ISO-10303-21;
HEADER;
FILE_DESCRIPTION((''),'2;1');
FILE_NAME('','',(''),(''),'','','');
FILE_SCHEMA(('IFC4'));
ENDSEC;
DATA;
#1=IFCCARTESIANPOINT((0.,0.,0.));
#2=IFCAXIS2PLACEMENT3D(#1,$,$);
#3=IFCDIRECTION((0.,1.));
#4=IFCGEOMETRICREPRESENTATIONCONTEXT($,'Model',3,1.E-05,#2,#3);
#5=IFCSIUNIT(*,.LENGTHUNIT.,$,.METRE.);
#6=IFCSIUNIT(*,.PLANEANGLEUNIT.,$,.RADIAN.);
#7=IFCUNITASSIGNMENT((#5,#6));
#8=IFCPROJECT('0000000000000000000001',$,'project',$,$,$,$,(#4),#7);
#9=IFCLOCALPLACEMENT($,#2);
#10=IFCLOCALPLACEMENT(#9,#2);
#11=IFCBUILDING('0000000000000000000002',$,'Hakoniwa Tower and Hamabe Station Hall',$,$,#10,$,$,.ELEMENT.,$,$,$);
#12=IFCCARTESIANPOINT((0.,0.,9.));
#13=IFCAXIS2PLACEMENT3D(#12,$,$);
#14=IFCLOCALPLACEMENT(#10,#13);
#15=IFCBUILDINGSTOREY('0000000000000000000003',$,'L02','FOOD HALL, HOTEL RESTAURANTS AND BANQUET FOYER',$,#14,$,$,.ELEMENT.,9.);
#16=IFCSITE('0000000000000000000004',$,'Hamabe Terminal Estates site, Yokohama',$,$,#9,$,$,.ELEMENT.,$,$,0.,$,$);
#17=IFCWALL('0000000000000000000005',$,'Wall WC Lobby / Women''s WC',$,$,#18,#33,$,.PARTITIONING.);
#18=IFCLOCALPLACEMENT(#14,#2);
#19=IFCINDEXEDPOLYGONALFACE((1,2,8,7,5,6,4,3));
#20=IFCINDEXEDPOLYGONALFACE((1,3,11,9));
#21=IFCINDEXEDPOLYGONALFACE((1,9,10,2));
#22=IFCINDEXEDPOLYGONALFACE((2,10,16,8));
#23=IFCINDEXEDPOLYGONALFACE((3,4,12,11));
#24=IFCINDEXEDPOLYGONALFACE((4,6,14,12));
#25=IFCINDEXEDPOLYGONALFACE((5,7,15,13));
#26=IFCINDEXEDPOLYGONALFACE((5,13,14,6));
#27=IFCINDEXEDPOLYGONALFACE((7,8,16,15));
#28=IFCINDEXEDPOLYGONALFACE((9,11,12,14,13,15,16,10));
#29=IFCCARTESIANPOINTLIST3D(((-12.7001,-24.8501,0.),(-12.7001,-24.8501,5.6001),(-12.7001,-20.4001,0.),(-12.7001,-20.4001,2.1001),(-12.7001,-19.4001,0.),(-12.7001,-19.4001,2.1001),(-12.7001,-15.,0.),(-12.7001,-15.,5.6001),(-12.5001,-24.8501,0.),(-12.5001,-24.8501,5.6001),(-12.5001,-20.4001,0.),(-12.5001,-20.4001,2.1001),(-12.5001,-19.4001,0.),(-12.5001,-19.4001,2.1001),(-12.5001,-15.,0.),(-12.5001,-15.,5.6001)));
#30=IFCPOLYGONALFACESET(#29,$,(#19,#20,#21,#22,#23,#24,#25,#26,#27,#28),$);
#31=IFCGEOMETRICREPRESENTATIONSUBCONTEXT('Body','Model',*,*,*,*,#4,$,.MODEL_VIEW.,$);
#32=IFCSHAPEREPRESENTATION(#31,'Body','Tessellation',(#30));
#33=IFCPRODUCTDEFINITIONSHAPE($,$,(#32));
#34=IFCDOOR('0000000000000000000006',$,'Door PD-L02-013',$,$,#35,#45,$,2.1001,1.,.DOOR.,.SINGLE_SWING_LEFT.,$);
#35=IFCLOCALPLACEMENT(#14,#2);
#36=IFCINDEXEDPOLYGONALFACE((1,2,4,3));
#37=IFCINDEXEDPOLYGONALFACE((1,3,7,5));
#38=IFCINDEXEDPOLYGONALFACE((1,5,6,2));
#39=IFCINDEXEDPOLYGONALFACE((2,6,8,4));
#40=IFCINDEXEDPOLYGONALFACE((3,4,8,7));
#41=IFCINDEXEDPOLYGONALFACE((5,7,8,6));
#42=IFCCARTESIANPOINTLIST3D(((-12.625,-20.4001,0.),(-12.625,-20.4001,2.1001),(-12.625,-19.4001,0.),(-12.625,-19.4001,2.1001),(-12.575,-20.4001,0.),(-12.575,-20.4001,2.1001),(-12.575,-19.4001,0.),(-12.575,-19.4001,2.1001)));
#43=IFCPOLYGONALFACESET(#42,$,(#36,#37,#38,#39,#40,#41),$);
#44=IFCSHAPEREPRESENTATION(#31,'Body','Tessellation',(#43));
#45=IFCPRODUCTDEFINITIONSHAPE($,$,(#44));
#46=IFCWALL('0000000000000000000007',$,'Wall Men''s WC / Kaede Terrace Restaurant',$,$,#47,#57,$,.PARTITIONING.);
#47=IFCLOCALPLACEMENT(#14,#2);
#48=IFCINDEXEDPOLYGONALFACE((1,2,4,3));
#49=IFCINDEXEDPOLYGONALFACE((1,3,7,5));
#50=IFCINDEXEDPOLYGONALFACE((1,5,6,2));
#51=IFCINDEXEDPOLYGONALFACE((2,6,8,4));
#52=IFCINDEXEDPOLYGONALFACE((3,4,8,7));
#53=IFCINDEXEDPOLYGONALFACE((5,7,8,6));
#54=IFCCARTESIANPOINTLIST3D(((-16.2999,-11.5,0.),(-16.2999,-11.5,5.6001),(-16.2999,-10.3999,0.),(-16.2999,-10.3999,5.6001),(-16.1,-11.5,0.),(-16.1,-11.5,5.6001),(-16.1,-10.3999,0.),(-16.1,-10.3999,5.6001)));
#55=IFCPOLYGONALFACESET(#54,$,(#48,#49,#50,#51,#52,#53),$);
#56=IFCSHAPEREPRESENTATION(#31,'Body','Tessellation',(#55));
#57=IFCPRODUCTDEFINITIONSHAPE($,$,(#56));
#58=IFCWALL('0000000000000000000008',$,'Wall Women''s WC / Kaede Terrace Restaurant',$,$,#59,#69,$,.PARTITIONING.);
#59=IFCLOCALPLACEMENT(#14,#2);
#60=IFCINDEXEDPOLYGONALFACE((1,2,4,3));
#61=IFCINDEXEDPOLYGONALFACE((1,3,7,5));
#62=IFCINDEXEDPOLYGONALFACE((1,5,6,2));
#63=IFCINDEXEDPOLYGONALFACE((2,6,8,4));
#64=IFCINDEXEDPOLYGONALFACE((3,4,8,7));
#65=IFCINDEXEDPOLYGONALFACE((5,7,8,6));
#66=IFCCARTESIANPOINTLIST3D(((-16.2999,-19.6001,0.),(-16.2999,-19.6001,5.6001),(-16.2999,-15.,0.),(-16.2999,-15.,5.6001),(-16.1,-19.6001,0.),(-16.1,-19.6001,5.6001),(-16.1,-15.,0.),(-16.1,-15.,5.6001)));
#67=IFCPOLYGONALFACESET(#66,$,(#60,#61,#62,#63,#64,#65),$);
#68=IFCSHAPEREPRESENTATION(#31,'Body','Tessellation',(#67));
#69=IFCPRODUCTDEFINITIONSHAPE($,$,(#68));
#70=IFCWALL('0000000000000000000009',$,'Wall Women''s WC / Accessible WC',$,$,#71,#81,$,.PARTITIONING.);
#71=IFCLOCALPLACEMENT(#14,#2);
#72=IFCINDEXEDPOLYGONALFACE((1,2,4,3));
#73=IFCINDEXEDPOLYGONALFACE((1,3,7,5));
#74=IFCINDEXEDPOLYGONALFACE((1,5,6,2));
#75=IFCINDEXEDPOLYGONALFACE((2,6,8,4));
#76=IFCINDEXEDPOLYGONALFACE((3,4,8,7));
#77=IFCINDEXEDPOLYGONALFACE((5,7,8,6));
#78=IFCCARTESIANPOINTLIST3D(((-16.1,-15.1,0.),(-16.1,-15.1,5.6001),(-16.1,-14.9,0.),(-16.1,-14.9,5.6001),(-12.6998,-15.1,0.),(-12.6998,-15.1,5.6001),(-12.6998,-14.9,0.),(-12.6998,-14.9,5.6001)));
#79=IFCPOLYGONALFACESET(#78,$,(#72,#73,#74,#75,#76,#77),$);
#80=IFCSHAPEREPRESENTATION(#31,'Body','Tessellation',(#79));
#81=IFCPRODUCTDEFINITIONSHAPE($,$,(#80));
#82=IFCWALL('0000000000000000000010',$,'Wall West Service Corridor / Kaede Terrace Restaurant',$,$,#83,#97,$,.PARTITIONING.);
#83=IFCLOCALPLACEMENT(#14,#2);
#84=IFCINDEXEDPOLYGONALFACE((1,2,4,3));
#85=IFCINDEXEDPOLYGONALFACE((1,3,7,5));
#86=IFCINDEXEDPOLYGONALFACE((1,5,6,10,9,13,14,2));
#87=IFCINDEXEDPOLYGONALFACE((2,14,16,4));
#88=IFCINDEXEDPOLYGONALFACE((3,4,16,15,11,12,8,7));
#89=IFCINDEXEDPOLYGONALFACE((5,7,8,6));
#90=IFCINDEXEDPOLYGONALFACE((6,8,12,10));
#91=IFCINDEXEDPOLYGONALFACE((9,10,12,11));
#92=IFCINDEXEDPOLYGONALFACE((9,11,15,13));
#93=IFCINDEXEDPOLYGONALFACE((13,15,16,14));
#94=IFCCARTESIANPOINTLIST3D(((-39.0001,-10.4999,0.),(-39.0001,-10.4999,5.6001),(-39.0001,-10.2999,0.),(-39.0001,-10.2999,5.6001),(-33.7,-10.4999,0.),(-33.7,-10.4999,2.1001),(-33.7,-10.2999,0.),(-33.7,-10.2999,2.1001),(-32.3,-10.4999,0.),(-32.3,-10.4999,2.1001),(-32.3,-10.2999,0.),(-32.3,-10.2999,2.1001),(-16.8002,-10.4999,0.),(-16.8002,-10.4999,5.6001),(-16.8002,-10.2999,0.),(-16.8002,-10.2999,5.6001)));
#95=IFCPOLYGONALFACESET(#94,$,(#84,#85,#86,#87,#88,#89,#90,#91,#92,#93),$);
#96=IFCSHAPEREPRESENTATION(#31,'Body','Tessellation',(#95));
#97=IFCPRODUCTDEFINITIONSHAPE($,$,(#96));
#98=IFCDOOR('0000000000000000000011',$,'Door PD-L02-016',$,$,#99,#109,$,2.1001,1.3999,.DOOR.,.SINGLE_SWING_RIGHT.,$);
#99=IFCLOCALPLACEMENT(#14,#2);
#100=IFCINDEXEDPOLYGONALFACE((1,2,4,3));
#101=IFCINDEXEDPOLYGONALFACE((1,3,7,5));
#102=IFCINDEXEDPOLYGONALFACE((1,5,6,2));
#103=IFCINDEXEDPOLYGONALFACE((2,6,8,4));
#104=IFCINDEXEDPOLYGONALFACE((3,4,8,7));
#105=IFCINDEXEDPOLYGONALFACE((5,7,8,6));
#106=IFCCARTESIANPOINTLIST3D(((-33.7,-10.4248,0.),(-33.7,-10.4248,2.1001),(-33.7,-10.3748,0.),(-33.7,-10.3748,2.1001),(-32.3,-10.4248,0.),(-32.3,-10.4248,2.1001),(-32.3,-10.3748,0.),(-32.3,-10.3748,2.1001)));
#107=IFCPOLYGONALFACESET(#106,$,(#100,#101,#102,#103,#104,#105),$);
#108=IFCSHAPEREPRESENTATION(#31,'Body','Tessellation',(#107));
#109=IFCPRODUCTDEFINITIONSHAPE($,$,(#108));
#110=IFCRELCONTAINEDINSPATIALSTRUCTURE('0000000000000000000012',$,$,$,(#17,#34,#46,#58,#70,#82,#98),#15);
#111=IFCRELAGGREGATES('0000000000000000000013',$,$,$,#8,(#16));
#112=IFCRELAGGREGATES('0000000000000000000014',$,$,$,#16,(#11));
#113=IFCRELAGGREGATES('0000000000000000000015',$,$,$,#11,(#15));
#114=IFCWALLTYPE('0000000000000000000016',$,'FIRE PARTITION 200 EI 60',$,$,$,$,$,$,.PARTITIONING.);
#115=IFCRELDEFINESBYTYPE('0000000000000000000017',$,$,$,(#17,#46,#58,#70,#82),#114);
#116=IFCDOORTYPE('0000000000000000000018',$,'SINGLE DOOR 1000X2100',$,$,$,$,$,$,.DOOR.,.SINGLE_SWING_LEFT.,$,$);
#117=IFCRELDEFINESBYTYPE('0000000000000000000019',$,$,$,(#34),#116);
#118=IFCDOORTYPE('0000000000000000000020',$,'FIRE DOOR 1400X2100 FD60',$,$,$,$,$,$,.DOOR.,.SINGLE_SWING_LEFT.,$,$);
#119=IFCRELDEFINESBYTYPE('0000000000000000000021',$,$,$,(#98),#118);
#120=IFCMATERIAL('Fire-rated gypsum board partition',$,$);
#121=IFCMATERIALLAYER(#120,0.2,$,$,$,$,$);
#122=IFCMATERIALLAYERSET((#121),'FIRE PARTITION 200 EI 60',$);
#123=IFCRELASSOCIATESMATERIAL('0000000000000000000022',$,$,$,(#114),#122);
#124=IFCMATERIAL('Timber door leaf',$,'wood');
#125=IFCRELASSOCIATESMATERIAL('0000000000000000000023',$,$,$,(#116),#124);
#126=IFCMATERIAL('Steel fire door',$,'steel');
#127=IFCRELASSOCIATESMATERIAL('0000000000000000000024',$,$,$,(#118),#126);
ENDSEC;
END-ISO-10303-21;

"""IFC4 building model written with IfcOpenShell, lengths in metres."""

from ifc_helpers import new_model, si_unit, direction, frame, frame_2d, origin, place, context, subcontext, project, spatial, rectangle, extrude, material, layer, layer_set, type_object, element, fill, save


model = new_model("IFC4")

# Units and contexts
model_context = context("Model", 3, precision=1e-05, world=origin(), true_north=direction((0.0, 1.0)))
body_context = subcontext(model_context, "Body", "Model", "MODEL_VIEW")
ifc_project = project(units=[si_unit("LENGTHUNIT", "METRE"), si_unit("PLANEANGLEUNIT", "RADIAN")], contexts=[model_context])

# Site, building, storey
site_placement = place(None, origin())
site = spatial("IfcSite", under=ifc_project, at=site_placement, Name="Hamabe Terminal Estates site, Yokohama", CompositionType="ELEMENT", RefElevation=0.0)
building_placement = place(site_placement, origin())
building = spatial("IfcBuilding", under=site, at=building_placement, Name="Hakoniwa Tower and Hamabe Station Hall", CompositionType="ELEMENT")
storey_placement = place(building_placement, frame((0.0, 0.0, 9.0)))
storey = spatial("IfcBuildingStorey", under=building, at=storey_placement, Name="L02", Description="FOOD HALL, HOTEL RESTAURANTS AND BANQUET FOYER", CompositionType="ELEMENT", Elevation=9.0)

# Shared definitions
ifc_material_1 = material(Name="Fire-rated gypsum board partition")
ifc_layer = layer(ifc_material_1, 0.2)
ifc_layer_set = layer_set([ifc_layer], Name="FIRE PARTITION 200 EI 60")
wall_type = type_object("IfcWallType", Name="FIRE PARTITION 200 EI 60", PredefinedType="PARTITIONING", material=ifc_layer_set)

# Wall, opening, door
ifc_material_2 = material(Name="Timber door leaf", Category="wood")
door_type_1 = type_object("IfcDoorType", Name="SINGLE DOOR 1000X2100", OperationType="SINGLE_SWING_LEFT", PredefinedType="DOOR", material=ifc_material_2)
wall_1_placement = place(storey_placement, frame((-12.6001, -24.8501, 0.0), z_axis=(0.0, 0.0, 1.0), x_axis=(0.0, 1.0, 0.0)))
wall_1 = element("IfcWall", 1, at=wall_1_placement, inside=storey, type_object=wall_type, Name="Wall WC Lobby / Women's WC", PredefinedType="PARTITIONING", context=body_context, shape_type="SweptSolid", body=[
    extrude(rectangle(XDim=9.8501, YDim=0.2, at=frame_2d((4.925, 0.0))), origin(), (0.0, 0.0, 1.0), 5.6001),
])
opening_1_placement = place(wall_1_placement, frame((4.45, 0.0, 0.0)))
opening_1 = element("IfcOpeningElement", 2, at=opening_1_placement, cuts=wall_1, PredefinedType="OPENING", context=body_context, shape_type="SweptSolid", body=[
    extrude(rectangle(XDim=1.0, YDim=2.1001, at=frame_2d((0.5, 1.05))), frame((0.0, 0.1099, 0.0), z_axis=(0.0, -1.0, 0.0), x_axis=(1.0, 0.0, 0.0)), (0.0, 0.0, 1.0), 0.22),
])
door_1_placement = place(opening_1_placement, origin())
door_1 = element("IfcDoor", 3, at=door_1_placement, inside=storey, type_object=door_type_1, Name="Door PD-L02-013", OperationType="SINGLE_SWING_LEFT", OverallHeight=2.1001, OverallWidth=1.0, PredefinedType="DOOR", context=body_context, shape_type="SweptSolid", body=[
    extrude(rectangle(XDim=1.0, YDim=2.1001, at=frame_2d((0.5, 1.05))), frame((0.0, 0.0249, 0.0), z_axis=(0.0, -1.0, 0.0), x_axis=(1.0, 0.0, 0.0)), (0.0, 0.0, 1.0), 0.05),
])
fill(opening_1, door_1)

# Walls
wall_2_placement = place(storey_placement, frame((-16.2, -11.5, 0.0), z_axis=(0.0, 0.0, 1.0), x_axis=(0.0, 1.0, 0.0)))
element("IfcWall", 4, at=wall_2_placement, inside=storey, type_object=wall_type, Name="Wall Men's WC / Kaede Terrace Restaurant", PredefinedType="PARTITIONING", context=body_context, shape_type="SweptSolid", body=[
    extrude(rectangle(XDim=1.1001, YDim=0.2, at=frame_2d((0.55, 0.0))), origin(), (0.0, 0.0, 1.0), 5.6001),
])
wall_3_placement = place(storey_placement, frame((-16.2, -19.6001, 0.0), z_axis=(0.0, 0.0, 1.0), x_axis=(0.0, 1.0, 0.0)))
element("IfcWall", 5, at=wall_3_placement, inside=storey, type_object=wall_type, Name="Wall Women's WC / Kaede Terrace Restaurant", PredefinedType="PARTITIONING", context=body_context, shape_type="SweptSolid", body=[
    extrude(rectangle(XDim=4.6001, YDim=0.2, at=frame_2d((2.3, 0.0))), origin(), (0.0, 0.0, 1.0), 5.6001),
])
wall_4_placement = place(storey_placement, frame((-16.1001, -15.0, 0.0), z_axis=(0.0, 0.0, 1.0), x_axis=(1.0, 0.0, 0.0)))
element("IfcWall", 6, at=wall_4_placement, inside=storey, type_object=wall_type, Name="Wall Women's WC / Accessible WC", PredefinedType="PARTITIONING", context=body_context, shape_type="SweptSolid", body=[
    extrude(rectangle(XDim=3.4001, YDim=0.2, at=frame_2d((1.7002, 0.0))), origin(), (0.0, 0.0, 1.0), 5.6001),
])

# Wall, opening, door
wall_5_placement = place(storey_placement, frame((-16.8, -10.3999, 0.0), z_axis=(0.0, 0.0, 1.0), x_axis=(-1.0, 0.0, 0.0)))
wall_5 = element("IfcWall", 7, at=wall_5_placement, inside=storey, type_object=wall_type, Name="Wall West Service Corridor / Kaede Terrace Restaurant", PredefinedType="PARTITIONING", context=body_context, shape_type="SweptSolid", body=[
    extrude(rectangle(XDim=22.2, YDim=0.2, at=frame_2d((11.1001, 0.0))), origin(), (0.0, 0.0, 1.0), 5.6001),
])
opening_2_placement = place(wall_5_placement, frame((15.5, 0.0, 0.0)))
opening_2 = element("IfcOpeningElement", 8, at=opening_2_placement, cuts=wall_5, PredefinedType="OPENING", context=body_context, shape_type="SweptSolid", body=[
    extrude(rectangle(XDim=1.3999, YDim=2.1001, at=frame_2d((0.7, 1.05))), frame((0.0, 0.1099, 0.0), z_axis=(0.0, -1.0, 0.0), x_axis=(1.0, 0.0, 0.0)), (0.0, 0.0, 1.0), 0.22),
])
ifc_material_3 = material(Name="Steel fire door", Category="steel")
door_type_2 = type_object("IfcDoorType", Name="FIRE DOOR 1400X2100 FD60", OperationType="SINGLE_SWING_LEFT", PredefinedType="DOOR", material=ifc_material_3)
door_2_placement = place(opening_2_placement, origin())
door_2 = element("IfcDoor", 9, at=door_2_placement, inside=storey, type_object=door_type_2, Name="Door PD-L02-016", OperationType="SINGLE_SWING_RIGHT", OverallHeight=2.1001, OverallWidth=1.3999, PredefinedType="DOOR", context=body_context, shape_type="SweptSolid", body=[
    extrude(rectangle(XDim=1.3999, YDim=2.1001, at=frame_2d((0.7, 1.05))), frame((0.0, 0.0249, 0.0), z_axis=(0.0, -1.0, 0.0), x_axis=(1.0, 0.0, 0.0)), (0.0, 0.0, 1.0), 0.05),
])
fill(opening_2, door_2)

save(model, "model.ifc")
